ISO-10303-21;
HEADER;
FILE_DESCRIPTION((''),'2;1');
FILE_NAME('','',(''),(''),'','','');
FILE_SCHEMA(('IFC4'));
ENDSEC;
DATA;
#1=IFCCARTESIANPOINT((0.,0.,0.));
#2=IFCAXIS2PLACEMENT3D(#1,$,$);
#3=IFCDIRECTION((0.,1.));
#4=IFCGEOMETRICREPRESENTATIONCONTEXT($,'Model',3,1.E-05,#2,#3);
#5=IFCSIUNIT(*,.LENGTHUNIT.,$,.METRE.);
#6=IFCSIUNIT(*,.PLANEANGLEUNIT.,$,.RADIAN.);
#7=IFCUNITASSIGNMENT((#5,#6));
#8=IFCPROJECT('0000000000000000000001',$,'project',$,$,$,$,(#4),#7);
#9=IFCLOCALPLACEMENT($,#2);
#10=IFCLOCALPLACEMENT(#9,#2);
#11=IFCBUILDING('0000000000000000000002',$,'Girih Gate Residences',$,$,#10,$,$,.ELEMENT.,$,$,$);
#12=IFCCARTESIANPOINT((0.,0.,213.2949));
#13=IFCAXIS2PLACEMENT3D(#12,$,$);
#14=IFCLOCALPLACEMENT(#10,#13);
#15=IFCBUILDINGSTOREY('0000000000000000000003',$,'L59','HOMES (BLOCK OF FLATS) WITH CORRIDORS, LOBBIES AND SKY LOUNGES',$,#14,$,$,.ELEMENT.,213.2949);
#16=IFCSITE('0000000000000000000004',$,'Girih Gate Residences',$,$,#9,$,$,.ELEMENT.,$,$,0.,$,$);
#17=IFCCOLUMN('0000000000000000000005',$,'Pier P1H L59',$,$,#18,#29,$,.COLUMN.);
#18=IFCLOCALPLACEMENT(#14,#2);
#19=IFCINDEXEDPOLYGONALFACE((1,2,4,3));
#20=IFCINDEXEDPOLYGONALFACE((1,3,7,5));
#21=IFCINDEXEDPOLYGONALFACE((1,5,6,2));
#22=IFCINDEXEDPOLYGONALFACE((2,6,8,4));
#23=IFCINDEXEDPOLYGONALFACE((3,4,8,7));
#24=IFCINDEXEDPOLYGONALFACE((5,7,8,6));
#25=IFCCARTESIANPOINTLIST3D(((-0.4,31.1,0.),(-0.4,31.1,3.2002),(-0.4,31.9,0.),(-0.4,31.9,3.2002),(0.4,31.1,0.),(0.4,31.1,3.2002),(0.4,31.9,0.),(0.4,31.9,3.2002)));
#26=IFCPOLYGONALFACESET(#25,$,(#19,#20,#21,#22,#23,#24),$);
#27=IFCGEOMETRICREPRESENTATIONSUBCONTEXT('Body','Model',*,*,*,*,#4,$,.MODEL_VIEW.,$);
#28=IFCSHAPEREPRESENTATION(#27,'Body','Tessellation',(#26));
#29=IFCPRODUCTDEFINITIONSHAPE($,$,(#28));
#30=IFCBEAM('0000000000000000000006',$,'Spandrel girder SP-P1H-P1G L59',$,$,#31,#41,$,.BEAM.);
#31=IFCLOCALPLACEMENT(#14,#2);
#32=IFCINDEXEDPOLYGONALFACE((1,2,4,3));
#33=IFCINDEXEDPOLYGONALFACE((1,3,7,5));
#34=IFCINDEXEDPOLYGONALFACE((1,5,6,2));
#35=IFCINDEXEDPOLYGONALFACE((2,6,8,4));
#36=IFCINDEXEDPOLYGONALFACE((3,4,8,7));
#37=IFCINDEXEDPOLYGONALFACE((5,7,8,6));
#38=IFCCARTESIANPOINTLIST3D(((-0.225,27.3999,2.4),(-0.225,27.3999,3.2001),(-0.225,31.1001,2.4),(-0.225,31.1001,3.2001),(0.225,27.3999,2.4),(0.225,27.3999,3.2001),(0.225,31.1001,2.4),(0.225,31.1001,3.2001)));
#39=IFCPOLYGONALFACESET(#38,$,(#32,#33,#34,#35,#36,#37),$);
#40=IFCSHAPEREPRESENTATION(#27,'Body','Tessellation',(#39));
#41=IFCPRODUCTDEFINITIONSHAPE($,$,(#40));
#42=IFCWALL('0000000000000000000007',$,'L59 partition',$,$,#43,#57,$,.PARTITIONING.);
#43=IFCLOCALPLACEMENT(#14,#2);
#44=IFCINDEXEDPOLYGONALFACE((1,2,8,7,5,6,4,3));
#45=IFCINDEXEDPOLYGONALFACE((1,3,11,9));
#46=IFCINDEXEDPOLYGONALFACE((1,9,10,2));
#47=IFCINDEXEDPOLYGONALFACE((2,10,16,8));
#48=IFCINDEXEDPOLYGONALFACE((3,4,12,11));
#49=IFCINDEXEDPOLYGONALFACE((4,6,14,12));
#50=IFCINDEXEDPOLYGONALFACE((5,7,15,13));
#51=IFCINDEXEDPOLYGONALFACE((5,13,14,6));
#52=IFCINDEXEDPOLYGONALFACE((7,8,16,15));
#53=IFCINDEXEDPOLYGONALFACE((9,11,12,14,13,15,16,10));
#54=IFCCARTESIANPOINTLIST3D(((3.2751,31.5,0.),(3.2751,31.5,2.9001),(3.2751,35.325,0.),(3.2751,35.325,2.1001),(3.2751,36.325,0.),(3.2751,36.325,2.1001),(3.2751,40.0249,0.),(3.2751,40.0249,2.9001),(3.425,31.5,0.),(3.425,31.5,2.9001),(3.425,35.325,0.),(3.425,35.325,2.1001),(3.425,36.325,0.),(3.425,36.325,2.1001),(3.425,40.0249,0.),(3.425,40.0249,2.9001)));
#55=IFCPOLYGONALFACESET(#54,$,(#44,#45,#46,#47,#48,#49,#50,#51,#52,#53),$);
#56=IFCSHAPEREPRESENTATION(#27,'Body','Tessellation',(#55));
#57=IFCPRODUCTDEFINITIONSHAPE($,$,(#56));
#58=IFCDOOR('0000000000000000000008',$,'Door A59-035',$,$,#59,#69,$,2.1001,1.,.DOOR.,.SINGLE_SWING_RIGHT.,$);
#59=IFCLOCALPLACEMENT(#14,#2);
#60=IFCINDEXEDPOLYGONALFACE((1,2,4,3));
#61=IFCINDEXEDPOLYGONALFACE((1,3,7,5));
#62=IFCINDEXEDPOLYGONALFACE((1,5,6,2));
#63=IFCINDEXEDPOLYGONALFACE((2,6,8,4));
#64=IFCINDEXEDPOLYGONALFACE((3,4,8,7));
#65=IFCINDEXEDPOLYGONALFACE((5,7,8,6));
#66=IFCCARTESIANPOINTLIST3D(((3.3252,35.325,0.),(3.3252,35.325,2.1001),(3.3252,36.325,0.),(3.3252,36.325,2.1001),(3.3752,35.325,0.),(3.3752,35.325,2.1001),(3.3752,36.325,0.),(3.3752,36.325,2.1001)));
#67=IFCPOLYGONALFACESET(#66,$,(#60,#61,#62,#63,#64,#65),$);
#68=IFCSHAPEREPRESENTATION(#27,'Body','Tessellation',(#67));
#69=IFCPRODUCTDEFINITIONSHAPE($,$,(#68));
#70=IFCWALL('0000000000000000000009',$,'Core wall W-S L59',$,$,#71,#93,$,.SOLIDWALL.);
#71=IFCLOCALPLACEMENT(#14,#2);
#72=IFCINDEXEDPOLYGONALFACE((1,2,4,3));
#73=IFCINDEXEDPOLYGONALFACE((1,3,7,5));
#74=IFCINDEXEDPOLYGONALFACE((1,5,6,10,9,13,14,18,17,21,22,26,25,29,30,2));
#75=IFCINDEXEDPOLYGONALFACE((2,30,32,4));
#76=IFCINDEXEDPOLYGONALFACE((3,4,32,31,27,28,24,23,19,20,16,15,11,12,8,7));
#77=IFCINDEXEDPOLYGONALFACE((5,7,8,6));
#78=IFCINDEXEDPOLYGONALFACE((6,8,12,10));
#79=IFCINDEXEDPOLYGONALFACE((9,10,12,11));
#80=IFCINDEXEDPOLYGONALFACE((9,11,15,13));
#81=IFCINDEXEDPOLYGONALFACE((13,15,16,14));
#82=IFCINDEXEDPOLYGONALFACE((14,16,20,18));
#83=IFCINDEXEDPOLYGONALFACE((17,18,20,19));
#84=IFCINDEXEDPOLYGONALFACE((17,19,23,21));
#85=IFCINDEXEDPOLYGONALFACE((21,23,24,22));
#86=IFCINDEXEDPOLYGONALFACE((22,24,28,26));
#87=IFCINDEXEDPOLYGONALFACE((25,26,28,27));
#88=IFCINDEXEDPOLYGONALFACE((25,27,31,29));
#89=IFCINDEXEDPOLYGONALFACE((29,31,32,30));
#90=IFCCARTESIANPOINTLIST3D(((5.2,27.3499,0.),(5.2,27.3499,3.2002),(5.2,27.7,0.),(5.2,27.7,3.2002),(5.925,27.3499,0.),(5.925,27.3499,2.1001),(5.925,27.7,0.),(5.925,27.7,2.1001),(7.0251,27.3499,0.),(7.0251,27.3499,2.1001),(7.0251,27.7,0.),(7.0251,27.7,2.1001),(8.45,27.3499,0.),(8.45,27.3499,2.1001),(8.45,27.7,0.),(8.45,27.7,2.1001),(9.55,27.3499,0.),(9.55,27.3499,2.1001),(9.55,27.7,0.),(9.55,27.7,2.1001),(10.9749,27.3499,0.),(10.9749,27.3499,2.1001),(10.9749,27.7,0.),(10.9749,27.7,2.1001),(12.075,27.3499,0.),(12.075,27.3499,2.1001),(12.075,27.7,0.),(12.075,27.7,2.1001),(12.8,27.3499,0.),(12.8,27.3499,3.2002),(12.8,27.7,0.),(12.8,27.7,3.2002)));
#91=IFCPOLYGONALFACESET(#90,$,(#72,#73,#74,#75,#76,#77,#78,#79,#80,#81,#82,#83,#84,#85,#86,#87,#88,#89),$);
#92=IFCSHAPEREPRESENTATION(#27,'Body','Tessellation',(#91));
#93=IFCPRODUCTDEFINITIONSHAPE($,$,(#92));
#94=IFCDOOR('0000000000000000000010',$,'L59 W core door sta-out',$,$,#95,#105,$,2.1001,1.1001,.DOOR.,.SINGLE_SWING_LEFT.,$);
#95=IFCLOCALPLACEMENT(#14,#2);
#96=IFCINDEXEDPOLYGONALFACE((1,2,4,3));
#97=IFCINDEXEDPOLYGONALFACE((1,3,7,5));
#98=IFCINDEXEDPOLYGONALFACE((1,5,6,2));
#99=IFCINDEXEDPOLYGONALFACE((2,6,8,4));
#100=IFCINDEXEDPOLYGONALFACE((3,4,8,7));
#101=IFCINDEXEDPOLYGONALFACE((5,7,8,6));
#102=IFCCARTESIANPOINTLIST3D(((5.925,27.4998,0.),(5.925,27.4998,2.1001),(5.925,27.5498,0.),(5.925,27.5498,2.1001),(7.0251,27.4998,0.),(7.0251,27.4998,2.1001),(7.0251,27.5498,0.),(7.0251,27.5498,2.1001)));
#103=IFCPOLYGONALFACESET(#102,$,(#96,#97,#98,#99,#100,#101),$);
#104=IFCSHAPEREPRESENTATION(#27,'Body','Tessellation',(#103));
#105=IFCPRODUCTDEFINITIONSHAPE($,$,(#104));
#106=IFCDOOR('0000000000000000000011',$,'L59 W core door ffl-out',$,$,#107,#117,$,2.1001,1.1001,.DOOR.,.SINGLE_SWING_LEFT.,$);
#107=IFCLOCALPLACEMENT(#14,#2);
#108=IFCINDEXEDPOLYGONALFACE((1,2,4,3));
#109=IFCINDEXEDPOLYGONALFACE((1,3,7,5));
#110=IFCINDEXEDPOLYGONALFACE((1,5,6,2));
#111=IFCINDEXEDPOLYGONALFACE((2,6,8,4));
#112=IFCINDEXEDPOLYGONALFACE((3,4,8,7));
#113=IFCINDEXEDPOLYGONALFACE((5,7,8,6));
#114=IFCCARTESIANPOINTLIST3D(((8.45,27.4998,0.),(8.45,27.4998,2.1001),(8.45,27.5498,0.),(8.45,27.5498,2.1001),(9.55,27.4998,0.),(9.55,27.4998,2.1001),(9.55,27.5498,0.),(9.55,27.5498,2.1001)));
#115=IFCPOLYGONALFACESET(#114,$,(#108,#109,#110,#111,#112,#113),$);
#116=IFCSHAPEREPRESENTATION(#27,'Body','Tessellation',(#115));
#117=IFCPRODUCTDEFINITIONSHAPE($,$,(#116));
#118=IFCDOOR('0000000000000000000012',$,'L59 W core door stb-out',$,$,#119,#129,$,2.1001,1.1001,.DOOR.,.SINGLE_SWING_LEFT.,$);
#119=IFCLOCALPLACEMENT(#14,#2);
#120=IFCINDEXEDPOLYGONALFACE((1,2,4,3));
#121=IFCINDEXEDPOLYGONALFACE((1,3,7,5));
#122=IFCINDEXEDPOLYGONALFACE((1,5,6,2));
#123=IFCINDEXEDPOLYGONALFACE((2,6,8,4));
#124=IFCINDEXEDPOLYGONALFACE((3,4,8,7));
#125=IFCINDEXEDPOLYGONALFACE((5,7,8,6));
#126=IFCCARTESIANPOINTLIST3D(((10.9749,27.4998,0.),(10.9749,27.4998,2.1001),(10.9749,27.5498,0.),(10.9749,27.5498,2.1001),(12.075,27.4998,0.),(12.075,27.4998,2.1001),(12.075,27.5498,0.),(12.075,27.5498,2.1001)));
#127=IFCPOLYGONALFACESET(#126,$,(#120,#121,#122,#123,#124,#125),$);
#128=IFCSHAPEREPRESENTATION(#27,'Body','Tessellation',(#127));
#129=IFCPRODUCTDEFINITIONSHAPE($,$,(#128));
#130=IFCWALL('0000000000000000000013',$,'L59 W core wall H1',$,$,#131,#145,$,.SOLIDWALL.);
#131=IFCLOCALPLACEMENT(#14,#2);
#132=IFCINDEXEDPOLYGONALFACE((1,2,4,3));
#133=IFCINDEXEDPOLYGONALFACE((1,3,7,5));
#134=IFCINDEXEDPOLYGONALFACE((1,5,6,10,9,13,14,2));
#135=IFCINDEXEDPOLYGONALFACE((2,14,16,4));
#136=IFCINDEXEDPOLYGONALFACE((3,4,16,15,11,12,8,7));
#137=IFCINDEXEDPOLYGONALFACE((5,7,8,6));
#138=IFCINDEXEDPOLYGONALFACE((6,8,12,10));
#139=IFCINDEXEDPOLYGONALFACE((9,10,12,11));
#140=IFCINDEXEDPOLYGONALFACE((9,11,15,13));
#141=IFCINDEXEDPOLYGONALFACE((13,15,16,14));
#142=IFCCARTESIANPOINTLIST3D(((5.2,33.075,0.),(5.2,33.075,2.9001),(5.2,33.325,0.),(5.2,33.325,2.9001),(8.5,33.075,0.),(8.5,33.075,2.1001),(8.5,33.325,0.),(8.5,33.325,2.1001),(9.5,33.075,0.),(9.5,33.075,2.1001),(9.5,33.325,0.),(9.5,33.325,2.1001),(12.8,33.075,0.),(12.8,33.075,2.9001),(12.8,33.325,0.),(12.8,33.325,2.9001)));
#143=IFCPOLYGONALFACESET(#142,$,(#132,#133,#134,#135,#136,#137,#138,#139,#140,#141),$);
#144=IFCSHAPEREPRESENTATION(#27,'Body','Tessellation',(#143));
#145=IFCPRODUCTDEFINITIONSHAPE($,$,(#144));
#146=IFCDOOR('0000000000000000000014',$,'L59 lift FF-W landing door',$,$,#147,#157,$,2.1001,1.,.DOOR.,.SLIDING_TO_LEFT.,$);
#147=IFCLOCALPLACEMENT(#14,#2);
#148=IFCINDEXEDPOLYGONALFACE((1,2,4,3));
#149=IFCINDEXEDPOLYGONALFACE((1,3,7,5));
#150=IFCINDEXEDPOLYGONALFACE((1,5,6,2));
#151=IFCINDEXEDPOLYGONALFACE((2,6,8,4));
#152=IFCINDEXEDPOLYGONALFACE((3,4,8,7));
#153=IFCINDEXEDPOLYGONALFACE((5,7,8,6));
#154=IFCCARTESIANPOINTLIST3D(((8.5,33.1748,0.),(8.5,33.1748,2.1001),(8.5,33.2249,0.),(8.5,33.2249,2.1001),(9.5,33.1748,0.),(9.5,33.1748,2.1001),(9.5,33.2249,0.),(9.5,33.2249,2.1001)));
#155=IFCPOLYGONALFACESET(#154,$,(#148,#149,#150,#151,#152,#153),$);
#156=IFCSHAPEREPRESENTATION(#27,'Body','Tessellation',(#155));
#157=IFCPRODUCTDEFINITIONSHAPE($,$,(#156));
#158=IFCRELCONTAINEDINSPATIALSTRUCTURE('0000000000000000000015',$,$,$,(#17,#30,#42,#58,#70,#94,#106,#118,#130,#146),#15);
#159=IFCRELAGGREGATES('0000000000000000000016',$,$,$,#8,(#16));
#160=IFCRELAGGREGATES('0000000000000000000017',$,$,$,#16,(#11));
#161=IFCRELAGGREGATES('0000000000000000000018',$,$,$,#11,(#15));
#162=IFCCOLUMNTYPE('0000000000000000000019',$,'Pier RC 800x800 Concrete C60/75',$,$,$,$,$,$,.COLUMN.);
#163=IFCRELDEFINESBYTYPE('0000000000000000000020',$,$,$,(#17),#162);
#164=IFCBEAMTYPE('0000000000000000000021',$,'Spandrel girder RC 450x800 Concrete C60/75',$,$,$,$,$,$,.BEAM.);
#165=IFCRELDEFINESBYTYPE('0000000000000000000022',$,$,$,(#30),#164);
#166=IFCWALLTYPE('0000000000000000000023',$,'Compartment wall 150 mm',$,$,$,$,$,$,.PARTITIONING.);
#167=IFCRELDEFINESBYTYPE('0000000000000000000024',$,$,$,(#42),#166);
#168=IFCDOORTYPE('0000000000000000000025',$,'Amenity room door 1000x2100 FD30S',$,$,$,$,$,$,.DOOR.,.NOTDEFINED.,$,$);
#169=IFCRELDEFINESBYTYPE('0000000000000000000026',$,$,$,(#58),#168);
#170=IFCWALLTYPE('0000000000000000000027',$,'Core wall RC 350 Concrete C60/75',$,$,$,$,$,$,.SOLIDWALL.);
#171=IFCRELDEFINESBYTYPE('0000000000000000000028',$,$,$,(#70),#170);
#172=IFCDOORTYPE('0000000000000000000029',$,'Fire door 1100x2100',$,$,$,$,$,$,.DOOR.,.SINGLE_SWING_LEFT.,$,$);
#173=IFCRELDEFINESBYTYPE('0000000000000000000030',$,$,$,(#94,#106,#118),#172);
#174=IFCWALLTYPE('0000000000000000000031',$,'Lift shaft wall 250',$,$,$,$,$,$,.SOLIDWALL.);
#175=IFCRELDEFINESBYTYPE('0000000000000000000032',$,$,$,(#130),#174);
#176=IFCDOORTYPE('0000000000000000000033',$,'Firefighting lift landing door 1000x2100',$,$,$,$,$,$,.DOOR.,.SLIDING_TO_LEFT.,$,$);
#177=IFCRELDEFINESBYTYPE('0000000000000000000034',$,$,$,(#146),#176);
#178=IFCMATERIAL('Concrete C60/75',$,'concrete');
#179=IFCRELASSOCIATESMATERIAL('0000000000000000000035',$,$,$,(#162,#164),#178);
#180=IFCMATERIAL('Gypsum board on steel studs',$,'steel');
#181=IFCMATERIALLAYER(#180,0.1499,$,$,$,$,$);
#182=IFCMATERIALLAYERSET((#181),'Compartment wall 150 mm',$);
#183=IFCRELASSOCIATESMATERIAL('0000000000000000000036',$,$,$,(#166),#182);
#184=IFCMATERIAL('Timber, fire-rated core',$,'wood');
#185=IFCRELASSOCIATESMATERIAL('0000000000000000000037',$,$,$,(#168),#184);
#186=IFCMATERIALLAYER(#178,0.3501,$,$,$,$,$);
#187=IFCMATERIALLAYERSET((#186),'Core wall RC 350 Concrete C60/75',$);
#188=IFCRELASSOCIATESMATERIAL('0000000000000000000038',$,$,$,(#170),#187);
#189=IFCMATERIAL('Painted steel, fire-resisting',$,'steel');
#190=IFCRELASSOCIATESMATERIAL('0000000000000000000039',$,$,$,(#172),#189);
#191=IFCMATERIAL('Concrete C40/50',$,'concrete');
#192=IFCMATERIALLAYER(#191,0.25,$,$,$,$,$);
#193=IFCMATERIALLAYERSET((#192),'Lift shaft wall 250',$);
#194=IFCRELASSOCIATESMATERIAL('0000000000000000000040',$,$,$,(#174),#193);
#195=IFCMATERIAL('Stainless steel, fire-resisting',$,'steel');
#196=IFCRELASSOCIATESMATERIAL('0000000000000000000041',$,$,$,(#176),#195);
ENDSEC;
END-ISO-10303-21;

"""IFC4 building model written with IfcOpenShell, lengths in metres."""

from ifc_helpers import new_model, si_unit, direction, frame, frame_2d, origin, origin_2d, place, context, subcontext, project, spatial, rectangle, extrude, material, layer, layer_set, material_profile, profile_set, type_object, element, fill, save


model = new_model("IFC4")

# Units and contexts
model_context = context("Model", 3, precision=1e-05, world=origin(), true_north=direction((0.0, 1.0)))
body_context = subcontext(model_context, "Body", "Model", "MODEL_VIEW")
ifc_project = project(units=[si_unit("LENGTHUNIT", "METRE"), si_unit("PLANEANGLEUNIT", "RADIAN")], contexts=[model_context])

# Site, building, storey
site_placement = place(None, origin())
site = spatial("IfcSite", under=ifc_project, at=site_placement, Name="Girih Gate Residences", CompositionType="ELEMENT", RefElevation=0.0)
building_placement = place(site_placement, origin())
building = spatial("IfcBuilding", under=site, at=building_placement, Name="Girih Gate Residences", CompositionType="ELEMENT")
storey_placement = place(building_placement, frame((0.0, 0.0, 213.2949)))
storey = spatial("IfcBuildingStorey", under=building, at=storey_placement, Name="L59", Description="HOMES (BLOCK OF FLATS) WITH CORRIDORS, LOBBIES AND SKY LOUNGES", CompositionType="ELEMENT", Elevation=213.2949)

# Column
ifc_material_1 = material(Name="Concrete C60/75", Category="concrete")
ifc_material_profile_1 = material_profile(ifc_material_1, rectangle(XDim=0.8, YDim=0.8, at=origin_2d()))
ifc_profile_set_1 = profile_set([ifc_material_profile_1], Name="Concrete C60/75")
column_type = type_object("IfcColumnType", Name="Pier RC 800x800 Concrete C60/75", PredefinedType="COLUMN", material=ifc_profile_set_1)
column_placement = place(storey_placement, frame((0.0, 31.5, 0.0), z_axis=(0.0, 0.0, 1.0), x_axis=(1.0, 0.0, 0.0)))
element("IfcColumn", 1, at=column_placement, inside=storey, type_object=column_type, Name="Pier P1H L59", PredefinedType="COLUMN", context=body_context, shape_type="SweptSolid", body=[
    extrude(rectangle(XDim=0.8, YDim=0.8, at=origin_2d()), origin(), (0.0, 0.0, 1.0), 3.2002),
])

# Beam
ifc_material_profile_2 = material_profile(ifc_material_1, rectangle(XDim=0.45, YDim=0.8, at=origin_2d()))
ifc_profile_set_2 = profile_set([ifc_material_profile_2], Name="Concrete C60/75")
beam_type = type_object("IfcBeamType", Name="Spandrel girder RC 450x800 Concrete C60/75", PredefinedType="BEAM", material=ifc_profile_set_2)
beam_placement = place(storey_placement, frame((0.0, 31.1001, 2.8), z_axis=(0.0, -1.0, 0.0), x_axis=(1.0, 0.0, 0.0)))
element("IfcBeam", 2, at=beam_placement, inside=storey, type_object=beam_type, Name="Spandrel girder SP-P1H-P1G L59", PredefinedType="BEAM", context=body_context, shape_type="SweptSolid", body=[
    extrude(rectangle(XDim=0.45, YDim=0.8, at=origin_2d()), origin(), (0.0, 0.0, 1.0), 3.7002),
])

# Wall, opening, door
ifc_material_2 = material(Name="Gypsum board on steel studs", Category="steel")
ifc_layer_1 = layer(ifc_material_2, 0.1499)
ifc_layer_set_1 = layer_set([ifc_layer_1], Name="Compartment wall 150 mm")
wall_type_1 = type_object("IfcWallType", Name="Compartment wall 150 mm", PredefinedType="PARTITIONING", material=ifc_layer_set_1)
wall_1_placement = place(storey_placement, frame((3.3501, 31.5, 0.0), z_axis=(0.0, 0.0, 1.0), x_axis=(0.0, 1.0, 0.0)))
wall_1 = element("IfcWall", 3, at=wall_1_placement, inside=storey, type_object=wall_type_1, Name="L59 partition", PredefinedType="PARTITIONING", context=body_context, shape_type="SweptSolid", body=[
    extrude(rectangle(XDim=8.5249, YDim=0.1499, at=frame_2d((4.2625, 0.0))), origin(), (0.0, 0.0, 1.0), 2.9001),
])
opening_1_placement = place(wall_1_placement, frame((3.825, 0.0, 0.0)))
opening_1 = element("IfcOpeningElement", 4, at=opening_1_placement, cuts=wall_1, PredefinedType="OPENING", context=body_context, shape_type="SweptSolid", body=[
    extrude(rectangle(XDim=1.0, YDim=2.1001, at=frame_2d((0.5, 1.05))), frame((0.0, 0.085, 0.0), z_axis=(0.0, -1.0, 0.0), x_axis=(1.0, 0.0, 0.0)), (0.0, 0.0, 1.0), 0.1699),
])
ifc_material_3 = material(Name="Timber, fire-rated core", Category="wood")
door_type_1 = type_object("IfcDoorType", Name="Amenity room door 1000x2100 FD30S", OperationType="NOTDEFINED", PredefinedType="DOOR", material=ifc_material_3)
door_1_placement = place(opening_1_placement, origin())
door_1 = element("IfcDoor", 5, at=door_1_placement, inside=storey, type_object=door_type_1, Name="Door A59-035", OperationType="SINGLE_SWING_RIGHT", OverallHeight=2.1001, OverallWidth=1.0, PredefinedType="DOOR", context=body_context, shape_type="SweptSolid", body=[
    extrude(rectangle(XDim=1.0, YDim=2.1001, at=frame_2d((0.5, 1.05))), frame((0.0, 0.0249, 0.0), z_axis=(0.0, -1.0, 0.0), x_axis=(1.0, 0.0, 0.0)), (0.0, 0.0, 1.0), 0.05),
])
fill(opening_1, door_1)

# Wall, openings, doors
ifc_layer_2 = layer(ifc_material_1, 0.3501)
ifc_layer_set_2 = layer_set([ifc_layer_2], Name="Core wall RC 350 Concrete C60/75")
wall_type_2 = type_object("IfcWallType", Name="Core wall RC 350 Concrete C60/75", PredefinedType="SOLIDWALL", material=ifc_layer_set_2)
wall_2_placement = place(storey_placement, frame((5.2, 27.5249, 0.0), z_axis=(0.0, 0.0, 1.0), x_axis=(1.0, 0.0, 0.0)))
wall_2 = element("IfcWall", 6, at=wall_2_placement, inside=storey, type_object=wall_type_2, Name="Core wall W-S L59", PredefinedType="SOLIDWALL", context=body_context, shape_type="SweptSolid", body=[
    extrude(rectangle(XDim=7.6001, YDim=0.3501, at=frame_2d((3.8, 0.0))), origin(), (0.0, 0.0, 1.0), 3.2002),
])
opening_2_placement = place(wall_2_placement, frame((0.7251, 0.0, 0.0)))
opening_2 = element("IfcOpeningElement", 7, at=opening_2_placement, cuts=wall_2, PredefinedType="OPENING", context=body_context, shape_type="SweptSolid", body=[
    extrude(rectangle(XDim=1.1001, YDim=2.1001, at=frame_2d((0.55, 1.05))), frame((0.0, 0.1851, 0.0), z_axis=(0.0, -1.0, 0.0), x_axis=(1.0, 0.0, 0.0)), (0.0, 0.0, 1.0), 0.3701),
])
opening_3_placement = place(wall_2_placement, frame((3.25, 0.0, 0.0)))
opening_3 = element("IfcOpeningElement", 8, at=opening_3_placement, cuts=wall_2, PredefinedType="OPENING", context=body_context, shape_type="SweptSolid", body=[
    extrude(rectangle(XDim=1.1001, YDim=2.1001, at=frame_2d((0.55, 1.05))), frame((0.0, 0.1851, 0.0), z_axis=(0.0, -1.0, 0.0), x_axis=(1.0, 0.0, 0.0)), (0.0, 0.0, 1.0), 0.3701),
])
opening_4_placement = place(wall_2_placement, frame((5.7749, 0.0, 0.0)))
opening_4 = element("IfcOpeningElement", 9, at=opening_4_placement, cuts=wall_2, PredefinedType="OPENING", context=body_context, shape_type="SweptSolid", body=[
    extrude(rectangle(XDim=1.1001, YDim=2.1001, at=frame_2d((0.55, 1.05))), frame((0.0, 0.1851, 0.0), z_axis=(0.0, -1.0, 0.0), x_axis=(1.0, 0.0, 0.0)), (0.0, 0.0, 1.0), 0.3701),
])
ifc_material_4 = material(Name="Painted steel, fire-resisting", Category="steel")
door_type_2 = type_object("IfcDoorType", Name="Fire door 1100x2100", OperationType="SINGLE_SWING_LEFT", PredefinedType="DOOR", material=ifc_material_4)
door_2_placement = place(opening_2_placement, origin())
door_2 = element("IfcDoor", 10, at=door_2_placement, inside=storey, type_object=door_type_2, Name="L59 W core door sta-out", OperationType="SINGLE_SWING_LEFT", OverallHeight=2.1001, OverallWidth=1.1001, PredefinedType="DOOR", context=body_context, shape_type="SweptSolid", body=[
    extrude(rectangle(XDim=1.1001, YDim=2.1001, at=frame_2d((0.55, 1.05))), frame((0.0, 0.0249, 0.0), z_axis=(0.0, -1.0, 0.0), x_axis=(1.0, 0.0, 0.0)), (0.0, 0.0, 1.0), 0.05),
])
fill(opening_2, door_2)
door_3_placement = place(opening_3_placement, origin())
door_3 = element("IfcDoor", 11, at=door_3_placement, inside=storey, type_object=door_type_2, Name="L59 W core door ffl-out", OperationType="SINGLE_SWING_LEFT", OverallHeight=2.1001, OverallWidth=1.1001, PredefinedType="DOOR", context=body_context, shape_type="SweptSolid", body=[
    extrude(rectangle(XDim=1.1001, YDim=2.1001, at=frame_2d((0.55, 1.05))), frame((0.0, 0.0249, 0.0), z_axis=(0.0, -1.0, 0.0), x_axis=(1.0, 0.0, 0.0)), (0.0, 0.0, 1.0), 0.05),
])
fill(opening_3, door_3)
door_4_placement = place(opening_4_placement, origin())
door_4 = element("IfcDoor", 12, at=door_4_placement, inside=storey, type_object=door_type_2, Name="L59 W core door stb-out", OperationType="SINGLE_SWING_LEFT", OverallHeight=2.1001, OverallWidth=1.1001, PredefinedType="DOOR", context=body_context, shape_type="SweptSolid", body=[
    extrude(rectangle(XDim=1.1001, YDim=2.1001, at=frame_2d((0.55, 1.05))), frame((0.0, 0.0249, 0.0), z_axis=(0.0, -1.0, 0.0), x_axis=(1.0, 0.0, 0.0)), (0.0, 0.0, 1.0), 0.05),
])
fill(opening_4, door_4)

# Wall, opening, door
ifc_material_5 = material(Name="Concrete C40/50", Category="concrete")
ifc_layer_3 = layer(ifc_material_5, 0.25)
ifc_layer_set_3 = layer_set([ifc_layer_3], Name="Lift shaft wall 250")
wall_type_3 = type_object("IfcWallType", Name="Lift shaft wall 250", PredefinedType="SOLIDWALL", material=ifc_layer_set_3)
wall_3_placement = place(storey_placement, frame((5.2, 33.2, 0.0), z_axis=(0.0, 0.0, 1.0), x_axis=(1.0, 0.0, 0.0)))
wall_3 = element("IfcWall", 13, at=wall_3_placement, inside=storey, type_object=wall_type_3, Name="L59 W core wall H1", PredefinedType="SOLIDWALL", context=body_context, shape_type="SweptSolid", body=[
    extrude(rectangle(XDim=7.6001, YDim=0.25, at=frame_2d((3.8, 0.0))), origin(), (0.0, 0.0, 1.0), 2.9001),
])
opening_5_placement = place(wall_3_placement, frame((3.3, 0.0, 0.0)))
opening_5 = element("IfcOpeningElement", 14, at=opening_5_placement, cuts=wall_3, PredefinedType="OPENING", context=body_context, shape_type="SweptSolid", body=[
    extrude(rectangle(XDim=1.0, YDim=2.1001, at=frame_2d((0.5, 1.05))), frame((0.0, 0.135, 0.0), z_axis=(0.0, -1.0, 0.0), x_axis=(1.0, 0.0, 0.0)), (0.0, 0.0, 1.0), 0.27),
])
ifc_material_6 = material(Name="Stainless steel, fire-resisting", Category="steel")
door_type_3 = type_object("IfcDoorType", Name="Firefighting lift landing door 1000x2100", OperationType="SLIDING_TO_LEFT", PredefinedType="DOOR", material=ifc_material_6)
door_5_placement = place(opening_5_placement, origin())
door_5 = element("IfcDoor", 15, at=door_5_placement, inside=storey, type_object=door_type_3, Name="L59 lift FF-W landing door", OperationType="SLIDING_TO_LEFT", OverallHeight=2.1001, OverallWidth=1.0, PredefinedType="DOOR", context=body_context, shape_type="SweptSolid", body=[
    extrude(rectangle(XDim=1.0, YDim=2.1001, at=frame_2d((0.5, 1.05))), frame((0.0, 0.0249, 0.0), z_axis=(0.0, -1.0, 0.0), x_axis=(1.0, 0.0, 0.0)), (0.0, 0.0, 1.0), 0.05),
])
fill(opening_5, door_5)

save(model, "model.ifc")
